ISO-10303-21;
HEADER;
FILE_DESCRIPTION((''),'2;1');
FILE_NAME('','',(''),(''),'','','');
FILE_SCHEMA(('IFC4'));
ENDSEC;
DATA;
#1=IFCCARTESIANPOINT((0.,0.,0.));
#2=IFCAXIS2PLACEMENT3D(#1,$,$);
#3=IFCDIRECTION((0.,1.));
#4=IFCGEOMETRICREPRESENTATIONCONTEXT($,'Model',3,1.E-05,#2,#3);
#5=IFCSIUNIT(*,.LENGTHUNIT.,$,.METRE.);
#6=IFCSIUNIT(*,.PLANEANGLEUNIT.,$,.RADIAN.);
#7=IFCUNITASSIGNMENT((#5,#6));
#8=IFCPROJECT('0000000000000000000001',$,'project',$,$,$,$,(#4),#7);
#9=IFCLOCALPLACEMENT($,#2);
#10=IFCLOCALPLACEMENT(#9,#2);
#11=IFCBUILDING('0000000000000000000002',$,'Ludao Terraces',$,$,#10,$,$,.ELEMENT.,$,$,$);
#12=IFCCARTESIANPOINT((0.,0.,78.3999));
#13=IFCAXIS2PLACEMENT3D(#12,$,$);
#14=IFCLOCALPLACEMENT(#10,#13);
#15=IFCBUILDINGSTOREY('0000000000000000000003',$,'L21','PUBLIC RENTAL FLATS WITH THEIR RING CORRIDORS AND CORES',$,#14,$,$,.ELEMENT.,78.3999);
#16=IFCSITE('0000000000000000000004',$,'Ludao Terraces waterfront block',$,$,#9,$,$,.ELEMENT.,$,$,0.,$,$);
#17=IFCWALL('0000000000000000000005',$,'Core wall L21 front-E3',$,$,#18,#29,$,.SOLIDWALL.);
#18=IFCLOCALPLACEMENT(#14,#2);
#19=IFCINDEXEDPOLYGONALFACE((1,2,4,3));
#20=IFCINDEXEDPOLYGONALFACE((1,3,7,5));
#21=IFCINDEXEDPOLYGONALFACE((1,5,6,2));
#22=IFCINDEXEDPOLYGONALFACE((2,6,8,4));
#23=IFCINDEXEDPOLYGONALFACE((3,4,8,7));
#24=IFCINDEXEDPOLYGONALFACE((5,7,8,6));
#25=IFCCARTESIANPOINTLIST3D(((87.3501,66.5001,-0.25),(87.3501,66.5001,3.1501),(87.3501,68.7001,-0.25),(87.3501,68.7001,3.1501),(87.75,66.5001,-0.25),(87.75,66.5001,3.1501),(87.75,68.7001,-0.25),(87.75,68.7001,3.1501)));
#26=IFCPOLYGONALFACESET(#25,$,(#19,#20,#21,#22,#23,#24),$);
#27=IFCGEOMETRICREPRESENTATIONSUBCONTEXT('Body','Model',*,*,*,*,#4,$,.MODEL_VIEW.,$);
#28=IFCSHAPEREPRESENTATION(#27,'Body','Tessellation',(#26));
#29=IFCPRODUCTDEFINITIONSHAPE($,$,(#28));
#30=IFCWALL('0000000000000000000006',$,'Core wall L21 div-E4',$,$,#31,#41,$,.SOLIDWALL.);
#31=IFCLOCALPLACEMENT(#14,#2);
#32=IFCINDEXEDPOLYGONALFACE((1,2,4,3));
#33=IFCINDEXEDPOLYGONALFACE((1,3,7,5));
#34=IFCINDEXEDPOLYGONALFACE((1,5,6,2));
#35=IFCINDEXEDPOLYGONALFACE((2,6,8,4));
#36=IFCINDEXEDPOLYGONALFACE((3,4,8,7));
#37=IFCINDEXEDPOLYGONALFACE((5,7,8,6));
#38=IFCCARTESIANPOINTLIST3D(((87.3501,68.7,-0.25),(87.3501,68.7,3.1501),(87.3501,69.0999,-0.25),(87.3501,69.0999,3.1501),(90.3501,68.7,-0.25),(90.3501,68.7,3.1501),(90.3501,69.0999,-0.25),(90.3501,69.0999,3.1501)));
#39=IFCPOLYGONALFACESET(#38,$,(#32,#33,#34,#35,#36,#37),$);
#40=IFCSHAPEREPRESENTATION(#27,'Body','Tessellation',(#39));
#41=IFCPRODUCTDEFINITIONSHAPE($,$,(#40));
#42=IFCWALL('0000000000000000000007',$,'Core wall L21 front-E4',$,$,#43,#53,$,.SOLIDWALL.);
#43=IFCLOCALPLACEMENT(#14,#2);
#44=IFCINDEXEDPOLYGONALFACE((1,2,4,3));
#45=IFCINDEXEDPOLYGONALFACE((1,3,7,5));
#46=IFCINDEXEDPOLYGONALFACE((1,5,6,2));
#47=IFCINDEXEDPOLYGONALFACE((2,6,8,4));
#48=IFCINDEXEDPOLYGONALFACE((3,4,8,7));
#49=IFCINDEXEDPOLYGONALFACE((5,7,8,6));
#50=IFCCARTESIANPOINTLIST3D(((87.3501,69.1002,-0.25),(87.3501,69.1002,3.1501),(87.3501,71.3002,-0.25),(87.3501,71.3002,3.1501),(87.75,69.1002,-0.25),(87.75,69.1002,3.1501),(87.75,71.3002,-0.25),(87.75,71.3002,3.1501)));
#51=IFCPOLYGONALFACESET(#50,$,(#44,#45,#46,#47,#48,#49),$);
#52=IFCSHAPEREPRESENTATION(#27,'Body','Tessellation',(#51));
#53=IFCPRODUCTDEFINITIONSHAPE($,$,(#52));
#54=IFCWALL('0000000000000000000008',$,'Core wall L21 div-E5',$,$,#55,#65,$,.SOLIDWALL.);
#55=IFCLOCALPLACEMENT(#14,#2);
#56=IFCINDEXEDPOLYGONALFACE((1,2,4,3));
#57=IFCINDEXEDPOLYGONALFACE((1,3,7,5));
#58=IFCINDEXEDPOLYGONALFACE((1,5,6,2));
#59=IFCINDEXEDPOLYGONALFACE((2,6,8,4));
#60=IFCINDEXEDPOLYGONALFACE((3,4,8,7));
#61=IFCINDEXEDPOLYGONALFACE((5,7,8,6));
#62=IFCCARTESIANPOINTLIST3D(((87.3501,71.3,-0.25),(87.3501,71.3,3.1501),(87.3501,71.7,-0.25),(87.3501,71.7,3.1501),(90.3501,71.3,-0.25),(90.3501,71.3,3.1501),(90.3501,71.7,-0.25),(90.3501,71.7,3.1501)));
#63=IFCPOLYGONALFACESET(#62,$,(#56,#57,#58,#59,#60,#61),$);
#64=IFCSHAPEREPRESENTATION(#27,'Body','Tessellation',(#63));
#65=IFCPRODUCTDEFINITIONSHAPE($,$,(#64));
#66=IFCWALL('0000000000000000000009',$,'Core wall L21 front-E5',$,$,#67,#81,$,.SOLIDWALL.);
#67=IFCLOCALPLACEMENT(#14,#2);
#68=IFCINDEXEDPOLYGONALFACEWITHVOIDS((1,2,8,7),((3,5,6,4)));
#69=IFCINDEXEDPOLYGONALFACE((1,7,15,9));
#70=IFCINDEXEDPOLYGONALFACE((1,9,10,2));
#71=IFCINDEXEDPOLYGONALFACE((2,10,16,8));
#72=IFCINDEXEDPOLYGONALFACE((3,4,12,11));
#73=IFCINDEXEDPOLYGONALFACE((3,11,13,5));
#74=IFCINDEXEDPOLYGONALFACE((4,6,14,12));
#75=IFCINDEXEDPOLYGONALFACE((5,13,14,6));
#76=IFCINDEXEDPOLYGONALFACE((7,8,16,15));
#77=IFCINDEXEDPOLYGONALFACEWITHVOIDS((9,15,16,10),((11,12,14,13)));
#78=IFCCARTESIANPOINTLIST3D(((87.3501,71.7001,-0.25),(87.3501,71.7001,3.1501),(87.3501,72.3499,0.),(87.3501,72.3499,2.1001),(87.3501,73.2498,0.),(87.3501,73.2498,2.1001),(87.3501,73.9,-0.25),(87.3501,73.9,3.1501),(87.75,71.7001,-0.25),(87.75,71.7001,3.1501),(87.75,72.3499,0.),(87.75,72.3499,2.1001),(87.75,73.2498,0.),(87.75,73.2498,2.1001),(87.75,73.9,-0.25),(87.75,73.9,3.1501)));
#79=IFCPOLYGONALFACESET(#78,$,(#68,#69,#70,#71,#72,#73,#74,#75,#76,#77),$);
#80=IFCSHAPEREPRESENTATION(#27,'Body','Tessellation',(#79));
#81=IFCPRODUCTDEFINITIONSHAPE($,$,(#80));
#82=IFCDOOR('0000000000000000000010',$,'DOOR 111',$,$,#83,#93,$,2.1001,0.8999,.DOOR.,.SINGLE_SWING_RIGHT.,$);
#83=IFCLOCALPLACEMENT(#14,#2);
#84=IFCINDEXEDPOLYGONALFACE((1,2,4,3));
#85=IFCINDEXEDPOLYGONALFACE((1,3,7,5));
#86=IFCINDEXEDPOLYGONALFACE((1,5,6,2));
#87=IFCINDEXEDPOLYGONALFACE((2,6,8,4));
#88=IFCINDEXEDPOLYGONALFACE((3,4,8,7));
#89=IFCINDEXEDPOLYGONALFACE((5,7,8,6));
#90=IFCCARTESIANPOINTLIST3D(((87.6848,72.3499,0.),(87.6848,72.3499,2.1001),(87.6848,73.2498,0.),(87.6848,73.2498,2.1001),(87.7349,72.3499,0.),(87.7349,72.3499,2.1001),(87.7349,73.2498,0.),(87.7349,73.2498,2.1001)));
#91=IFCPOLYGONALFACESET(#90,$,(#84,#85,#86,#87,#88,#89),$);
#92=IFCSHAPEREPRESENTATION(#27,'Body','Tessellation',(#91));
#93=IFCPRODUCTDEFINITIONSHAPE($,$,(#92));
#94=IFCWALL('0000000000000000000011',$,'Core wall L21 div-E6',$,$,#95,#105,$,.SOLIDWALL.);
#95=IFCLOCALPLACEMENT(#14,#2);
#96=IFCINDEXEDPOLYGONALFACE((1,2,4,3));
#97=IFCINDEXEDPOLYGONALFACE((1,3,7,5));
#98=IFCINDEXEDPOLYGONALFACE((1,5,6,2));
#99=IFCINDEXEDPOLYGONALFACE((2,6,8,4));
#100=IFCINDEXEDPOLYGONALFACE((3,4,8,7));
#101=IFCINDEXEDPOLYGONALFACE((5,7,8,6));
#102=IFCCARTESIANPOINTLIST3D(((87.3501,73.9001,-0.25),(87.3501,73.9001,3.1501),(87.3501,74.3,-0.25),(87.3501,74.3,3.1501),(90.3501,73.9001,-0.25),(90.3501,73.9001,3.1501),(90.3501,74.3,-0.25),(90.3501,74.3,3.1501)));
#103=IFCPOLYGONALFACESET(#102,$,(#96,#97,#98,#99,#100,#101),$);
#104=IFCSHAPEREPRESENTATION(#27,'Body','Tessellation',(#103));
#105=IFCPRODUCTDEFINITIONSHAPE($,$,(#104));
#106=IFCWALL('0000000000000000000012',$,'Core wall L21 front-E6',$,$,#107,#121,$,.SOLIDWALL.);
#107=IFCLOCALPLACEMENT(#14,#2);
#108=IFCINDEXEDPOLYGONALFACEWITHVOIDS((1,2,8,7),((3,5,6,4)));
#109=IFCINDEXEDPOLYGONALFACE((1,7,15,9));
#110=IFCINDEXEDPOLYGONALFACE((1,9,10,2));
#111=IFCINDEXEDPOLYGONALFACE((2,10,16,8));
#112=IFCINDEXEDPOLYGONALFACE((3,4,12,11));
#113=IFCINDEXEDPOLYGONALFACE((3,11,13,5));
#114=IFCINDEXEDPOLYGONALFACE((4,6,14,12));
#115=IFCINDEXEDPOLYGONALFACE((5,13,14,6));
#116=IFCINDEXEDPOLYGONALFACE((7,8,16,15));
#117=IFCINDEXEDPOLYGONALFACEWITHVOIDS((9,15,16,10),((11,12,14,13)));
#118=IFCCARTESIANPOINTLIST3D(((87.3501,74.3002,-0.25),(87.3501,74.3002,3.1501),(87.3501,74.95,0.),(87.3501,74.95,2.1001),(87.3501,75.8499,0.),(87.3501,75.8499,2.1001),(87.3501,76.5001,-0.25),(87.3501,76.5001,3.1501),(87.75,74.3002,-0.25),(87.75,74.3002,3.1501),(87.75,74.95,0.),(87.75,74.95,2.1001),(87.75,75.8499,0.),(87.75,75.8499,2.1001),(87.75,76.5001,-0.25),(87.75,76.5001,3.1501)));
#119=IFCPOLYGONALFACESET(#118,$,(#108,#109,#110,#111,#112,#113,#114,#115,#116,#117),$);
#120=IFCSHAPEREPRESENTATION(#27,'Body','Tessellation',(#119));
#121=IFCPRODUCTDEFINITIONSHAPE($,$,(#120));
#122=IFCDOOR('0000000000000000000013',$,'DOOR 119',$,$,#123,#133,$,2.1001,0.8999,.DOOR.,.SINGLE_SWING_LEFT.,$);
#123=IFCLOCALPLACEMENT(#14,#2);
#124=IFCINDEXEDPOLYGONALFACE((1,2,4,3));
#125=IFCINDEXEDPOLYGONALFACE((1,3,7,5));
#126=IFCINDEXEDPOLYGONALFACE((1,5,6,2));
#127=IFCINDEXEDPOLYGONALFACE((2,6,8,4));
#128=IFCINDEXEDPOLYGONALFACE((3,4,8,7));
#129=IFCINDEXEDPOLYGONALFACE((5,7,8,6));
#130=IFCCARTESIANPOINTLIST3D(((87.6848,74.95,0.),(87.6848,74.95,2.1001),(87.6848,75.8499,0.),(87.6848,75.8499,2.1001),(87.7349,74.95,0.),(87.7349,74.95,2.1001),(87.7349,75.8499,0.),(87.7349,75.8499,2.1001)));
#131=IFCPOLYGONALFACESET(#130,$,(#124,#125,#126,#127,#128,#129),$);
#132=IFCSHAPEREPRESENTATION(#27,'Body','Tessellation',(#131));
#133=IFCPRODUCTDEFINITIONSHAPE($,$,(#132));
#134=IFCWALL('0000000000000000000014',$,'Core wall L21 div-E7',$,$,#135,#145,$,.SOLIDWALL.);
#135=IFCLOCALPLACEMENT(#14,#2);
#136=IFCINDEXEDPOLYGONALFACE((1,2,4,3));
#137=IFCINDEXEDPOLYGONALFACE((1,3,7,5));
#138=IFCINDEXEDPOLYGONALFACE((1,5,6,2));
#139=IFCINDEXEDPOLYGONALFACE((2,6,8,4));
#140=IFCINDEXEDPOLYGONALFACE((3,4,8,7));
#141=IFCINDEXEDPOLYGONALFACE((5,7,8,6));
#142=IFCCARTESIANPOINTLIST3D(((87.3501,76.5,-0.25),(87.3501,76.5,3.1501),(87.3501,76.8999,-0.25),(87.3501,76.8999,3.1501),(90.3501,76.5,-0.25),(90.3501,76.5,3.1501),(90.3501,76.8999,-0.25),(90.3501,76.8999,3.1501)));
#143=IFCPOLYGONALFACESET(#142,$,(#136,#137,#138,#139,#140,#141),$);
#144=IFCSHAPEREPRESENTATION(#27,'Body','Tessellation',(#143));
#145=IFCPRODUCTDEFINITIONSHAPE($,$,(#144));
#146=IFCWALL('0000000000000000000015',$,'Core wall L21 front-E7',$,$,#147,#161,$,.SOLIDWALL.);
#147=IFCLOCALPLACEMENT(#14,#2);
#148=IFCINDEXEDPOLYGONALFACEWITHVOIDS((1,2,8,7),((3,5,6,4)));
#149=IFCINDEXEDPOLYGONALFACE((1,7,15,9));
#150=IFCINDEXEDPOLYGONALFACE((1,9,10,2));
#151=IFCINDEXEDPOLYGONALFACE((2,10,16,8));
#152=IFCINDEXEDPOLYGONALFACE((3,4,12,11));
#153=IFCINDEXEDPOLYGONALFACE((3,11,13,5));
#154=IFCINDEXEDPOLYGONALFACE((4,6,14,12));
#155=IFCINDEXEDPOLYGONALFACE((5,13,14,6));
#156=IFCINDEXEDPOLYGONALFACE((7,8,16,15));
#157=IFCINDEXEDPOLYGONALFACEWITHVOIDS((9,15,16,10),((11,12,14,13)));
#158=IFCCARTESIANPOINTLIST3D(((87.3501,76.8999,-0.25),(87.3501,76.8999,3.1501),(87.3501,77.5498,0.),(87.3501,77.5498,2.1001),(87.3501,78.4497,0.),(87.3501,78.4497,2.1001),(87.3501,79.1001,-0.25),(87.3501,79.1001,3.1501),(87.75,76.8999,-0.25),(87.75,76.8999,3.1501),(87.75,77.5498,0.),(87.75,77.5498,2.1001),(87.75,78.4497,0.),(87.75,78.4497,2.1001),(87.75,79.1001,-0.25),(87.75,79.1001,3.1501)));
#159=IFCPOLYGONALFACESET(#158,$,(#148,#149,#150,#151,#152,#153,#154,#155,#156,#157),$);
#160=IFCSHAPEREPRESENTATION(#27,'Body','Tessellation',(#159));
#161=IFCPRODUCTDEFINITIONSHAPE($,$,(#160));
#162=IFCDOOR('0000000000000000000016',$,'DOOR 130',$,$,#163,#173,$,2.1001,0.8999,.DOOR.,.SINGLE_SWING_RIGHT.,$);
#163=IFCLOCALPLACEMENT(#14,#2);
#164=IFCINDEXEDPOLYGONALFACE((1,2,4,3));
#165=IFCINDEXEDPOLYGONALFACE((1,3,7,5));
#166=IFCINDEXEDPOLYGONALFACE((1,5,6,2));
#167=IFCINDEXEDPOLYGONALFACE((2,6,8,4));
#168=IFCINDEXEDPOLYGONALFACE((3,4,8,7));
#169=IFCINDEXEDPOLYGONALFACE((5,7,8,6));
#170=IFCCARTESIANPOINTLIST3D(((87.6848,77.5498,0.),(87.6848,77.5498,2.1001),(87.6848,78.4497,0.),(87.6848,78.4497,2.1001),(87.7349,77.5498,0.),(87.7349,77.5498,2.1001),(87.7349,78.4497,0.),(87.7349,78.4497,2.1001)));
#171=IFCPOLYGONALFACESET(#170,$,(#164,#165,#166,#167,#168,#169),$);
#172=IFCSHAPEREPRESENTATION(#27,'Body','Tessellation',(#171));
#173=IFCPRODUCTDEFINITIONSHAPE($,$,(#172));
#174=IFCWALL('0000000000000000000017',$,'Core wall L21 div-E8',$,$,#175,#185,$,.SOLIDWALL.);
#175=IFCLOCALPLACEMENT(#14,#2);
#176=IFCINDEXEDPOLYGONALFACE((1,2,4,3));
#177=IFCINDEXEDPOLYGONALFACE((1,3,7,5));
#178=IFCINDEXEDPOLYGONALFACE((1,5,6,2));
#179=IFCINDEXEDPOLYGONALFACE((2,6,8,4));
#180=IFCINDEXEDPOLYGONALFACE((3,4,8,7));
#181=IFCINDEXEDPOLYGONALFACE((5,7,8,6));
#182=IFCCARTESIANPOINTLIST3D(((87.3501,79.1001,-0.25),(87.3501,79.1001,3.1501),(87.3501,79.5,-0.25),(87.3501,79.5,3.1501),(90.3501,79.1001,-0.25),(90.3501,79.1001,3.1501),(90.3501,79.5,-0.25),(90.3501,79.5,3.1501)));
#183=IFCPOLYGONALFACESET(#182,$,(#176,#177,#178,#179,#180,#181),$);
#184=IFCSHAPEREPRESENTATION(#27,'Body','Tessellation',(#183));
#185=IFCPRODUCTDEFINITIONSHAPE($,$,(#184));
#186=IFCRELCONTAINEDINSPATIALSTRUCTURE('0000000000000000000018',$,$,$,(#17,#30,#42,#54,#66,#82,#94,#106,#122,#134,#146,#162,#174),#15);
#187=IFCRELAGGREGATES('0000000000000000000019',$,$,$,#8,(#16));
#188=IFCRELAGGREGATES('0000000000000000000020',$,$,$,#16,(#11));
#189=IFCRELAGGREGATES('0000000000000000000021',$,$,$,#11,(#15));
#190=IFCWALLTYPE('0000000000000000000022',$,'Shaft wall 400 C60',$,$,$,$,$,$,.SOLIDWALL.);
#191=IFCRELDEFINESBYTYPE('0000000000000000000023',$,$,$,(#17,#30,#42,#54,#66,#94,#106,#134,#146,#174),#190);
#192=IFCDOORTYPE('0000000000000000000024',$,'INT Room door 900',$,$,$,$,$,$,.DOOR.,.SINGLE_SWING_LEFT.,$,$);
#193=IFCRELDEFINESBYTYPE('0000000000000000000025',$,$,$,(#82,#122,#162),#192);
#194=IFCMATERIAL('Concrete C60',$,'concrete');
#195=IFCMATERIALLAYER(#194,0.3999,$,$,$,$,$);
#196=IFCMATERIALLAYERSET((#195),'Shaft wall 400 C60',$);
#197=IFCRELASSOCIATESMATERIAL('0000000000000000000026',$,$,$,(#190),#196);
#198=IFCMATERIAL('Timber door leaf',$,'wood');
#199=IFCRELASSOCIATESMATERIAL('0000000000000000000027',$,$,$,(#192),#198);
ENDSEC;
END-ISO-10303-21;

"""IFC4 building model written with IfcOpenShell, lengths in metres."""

from ifc_helpers import new_model, si_unit, direction, frame, frame_2d, origin, place, context, subcontext, project, spatial, rectangle, extrude, material, layer, layer_set, type_object, element, fill, save


model = new_model("IFC4")

# Units and contexts
model_context = context("Model", 3, precision=1e-05, world=origin(), true_north=direction((0.0, 1.0)))
body_context = subcontext(model_context, "Body", "Model", "MODEL_VIEW")
ifc_project = project(units=[si_unit("LENGTHUNIT", "METRE"), si_unit("PLANEANGLEUNIT", "RADIAN")], contexts=[model_context])

# Site, building, storey
site_placement = place(None, origin())
site = spatial("IfcSite", under=ifc_project, at=site_placement, Name="Ludao Terraces waterfront block", CompositionType="ELEMENT", RefElevation=0.0)
building_placement = place(site_placement, origin())
building = spatial("IfcBuilding", under=site, at=building_placement, Name="Ludao Terraces", CompositionType="ELEMENT")
storey_placement = place(building_placement, frame((0.0, 0.0, 78.3999)))
storey = spatial("IfcBuildingStorey", under=building, at=storey_placement, Name="L21", Description="PUBLIC RENTAL FLATS WITH THEIR RING CORRIDORS AND CORES", CompositionType="ELEMENT", Elevation=78.3999)

# Walls
ifc_material_1 = material(Name="Concrete C60", Category="concrete")
ifc_layer_1 = layer(ifc_material_1, 0.3999)
ifc_layer_set_1 = layer_set([ifc_layer_1], Name="Shaft wall 400 C60")
wall_type_1 = type_object("IfcWallType", Name="Shaft wall 400 C60", PredefinedType="SOLIDWALL", material=ifc_layer_set_1)
wall_1_placement = place(storey_placement, frame((87.55, 66.5, -0.25), z_axis=(0.0, 0.0, 1.0), x_axis=(0.0, 1.0, 0.0)))
element("IfcWall", 1, at=wall_1_placement, inside=storey, type_object=wall_type_1, Name="Core wall L21 front-E3", PredefinedType="SOLIDWALL", context=body_context, shape_type="SweptSolid", body=[
    extrude(rectangle(XDim=2.2, YDim=0.3999, at=frame_2d((1.1001, 0.0))), origin(), (0.0, 0.0, 1.0), 3.4001),
])
wall_2_placement = place(storey_placement, frame((87.3501, 68.8999, -0.25), z_axis=(0.0, 0.0, 1.0), x_axis=(1.0, 0.0, 0.0)))
element("IfcWall", 2, at=wall_2_placement, inside=storey, type_object=wall_type_1, Name="Core wall L21 div-E4", PredefinedType="SOLIDWALL", context=body_context, shape_type="SweptSolid", body=[
    extrude(rectangle(XDim=3.0, YDim=0.3999, at=frame_2d((1.5, 0.0))), origin(), (0.0, 0.0, 1.0), 3.4001),
])
wall_3_placement = place(storey_placement, frame((87.55, 69.1001, -0.25), z_axis=(0.0, 0.0, 1.0), x_axis=(0.0, 1.0, 0.0)))
element("IfcWall", 3, at=wall_3_placement, inside=storey, type_object=wall_type_1, Name="Core wall L21 front-E4", PredefinedType="SOLIDWALL", context=body_context, shape_type="SweptSolid", body=[
    extrude(rectangle(XDim=2.2, YDim=0.3999, at=frame_2d((1.1001, 0.0))), origin(), (0.0, 0.0, 1.0), 3.4001),
])
wall_4_placement = place(storey_placement, frame((87.3501, 71.5, -0.25), z_axis=(0.0, 0.0, 1.0), x_axis=(1.0, 0.0, 0.0)))
element("IfcWall", 4, at=wall_4_placement, inside=storey, type_object=wall_type_1, Name="Core wall L21 div-E5", PredefinedType="SOLIDWALL", context=body_context, shape_type="SweptSolid", body=[
    extrude(rectangle(XDim=3.0, YDim=0.3999, at=frame_2d((1.5, 0.0))), origin(), (0.0, 0.0, 1.0), 3.4001),
])

# Wall, opening, door
wall_5_placement = place(storey_placement, frame((87.55, 71.7, -0.25), z_axis=(0.0, 0.0, 1.0), x_axis=(0.0, 1.0, 0.0)))
wall_5 = element("IfcWall", 5, at=wall_5_placement, inside=storey, type_object=wall_type_1, Name="Core wall L21 front-E5", PredefinedType="SOLIDWALL", context=body_context, shape_type="SweptSolid", body=[
    extrude(rectangle(XDim=2.2, YDim=0.3999, at=frame_2d((1.1001, 0.0))), origin(), (0.0, 0.0, 1.0), 3.4001),
])
opening_1_placement = place(wall_5_placement, frame((0.6499, 0.0, 0.25)))
opening_1 = element("IfcOpeningElement", 6, at=opening_1_placement, cuts=wall_5, PredefinedType="OPENING", context=body_context, shape_type="SweptSolid", body=[
    extrude(rectangle(XDim=0.8999, YDim=2.1001, at=frame_2d((0.45, 1.05))), frame((0.0, 0.21, 0.0), z_axis=(0.0, -1.0, 0.0), x_axis=(1.0, 0.0, 0.0)), (0.0, 0.0, 1.0), 0.4199),
])
ifc_material_2 = material(Name="Timber door leaf", Category="wood")
door_type_1 = type_object("IfcDoorType", Name="INT Room door 900", OperationType="SINGLE_SWING_LEFT", PredefinedType="DOOR", material=ifc_material_2)
door_1_placement = place(opening_1_placement, origin())
door_1 = element("IfcDoor", 7, at=door_1_placement, inside=storey, type_object=door_type_1, Name="DOOR 111", OperationType="SINGLE_SWING_RIGHT", OverallHeight=2.1001, OverallWidth=0.8999, PredefinedType="DOOR", context=body_context, shape_type="SweptSolid", body=[
    extrude(rectangle(XDim=0.8999, YDim=2.1001, at=frame_2d((0.45, 1.05))), frame((0.0, -0.1348, 0.0), z_axis=(0.0, -1.0, 0.0), x_axis=(1.0, 0.0, 0.0)), (0.0, 0.0, 1.0), 0.05),
])
fill(opening_1, door_1)

# Wall
wall_6_placement = place(storey_placement, frame((87.3501, 74.1001, -0.25), z_axis=(0.0, 0.0, 1.0), x_axis=(1.0, 0.0, 0.0)))
element("IfcWall", 8, at=wall_6_placement, inside=storey, type_object=wall_type_1, Name="Core wall L21 div-E6", PredefinedType="SOLIDWALL", context=body_context, shape_type="SweptSolid", body=[
    extrude(rectangle(XDim=3.0, YDim=0.3999, at=frame_2d((1.5, 0.0))), origin(), (0.0, 0.0, 1.0), 3.4001),
])

# Wall, opening, door
wall_7_placement = place(storey_placement, frame((87.55, 74.3, -0.25), z_axis=(0.0, 0.0, 1.0), x_axis=(0.0, 1.0, 0.0)))
wall_7 = element("IfcWall", 9, at=wall_7_placement, inside=storey, type_object=wall_type_1, Name="Core wall L21 front-E6", PredefinedType="SOLIDWALL", context=body_context, shape_type="SweptSolid", body=[
    extrude(rectangle(XDim=2.2, YDim=0.3999, at=frame_2d((1.1001, 0.0))), origin(), (0.0, 0.0, 1.0), 3.4001),
])
opening_2_placement = place(wall_7_placement, frame((0.6499, 0.0, 0.25)))
opening_2 = element("IfcOpeningElement", 10, at=opening_2_placement, cuts=wall_7, PredefinedType="OPENING", context=body_context, shape_type="SweptSolid", body=[
    extrude(rectangle(XDim=0.8999, YDim=2.1001, at=frame_2d((0.45, 1.05))), frame((0.0, 0.21, 0.0), z_axis=(0.0, -1.0, 0.0), x_axis=(1.0, 0.0, 0.0)), (0.0, 0.0, 1.0), 0.4199),
])
door_2_placement = place(opening_2_placement, origin())
door_2 = element("IfcDoor", 11, at=door_2_placement, inside=storey, type_object=door_type_1, Name="DOOR 119", OperationType="SINGLE_SWING_LEFT", OverallHeight=2.1001, OverallWidth=0.8999, PredefinedType="DOOR", context=body_context, shape_type="SweptSolid", body=[
    extrude(rectangle(XDim=0.8999, YDim=2.1001, at=frame_2d((0.45, 1.05))), frame((0.0, -0.1348, 0.0), z_axis=(0.0, -1.0, 0.0), x_axis=(1.0, 0.0, 0.0)), (0.0, 0.0, 1.0), 0.05),
])
fill(opening_2, door_2)

# Wall
wall_8_placement = place(storey_placement, frame((87.3501, 76.7, -0.25), z_axis=(0.0, 0.0, 1.0), x_axis=(1.0, 0.0, 0.0)))
element("IfcWall", 12, at=wall_8_placement, inside=storey, type_object=wall_type_1, Name="Core wall L21 div-E7", PredefinedType="SOLIDWALL", context=body_context, shape_type="SweptSolid", body=[
    extrude(rectangle(XDim=3.0, YDim=0.3999, at=frame_2d((1.5, 0.0))), origin(), (0.0, 0.0, 1.0), 3.4001),
])

# Wall, opening, door
wall_9_placement = place(storey_placement, frame((87.55, 76.8999, -0.25), z_axis=(0.0, 0.0, 1.0), x_axis=(0.0, 1.0, 0.0)))
wall_9 = element("IfcWall", 13, at=wall_9_placement, inside=storey, type_object=wall_type_1, Name="Core wall L21 front-E7", PredefinedType="SOLIDWALL", context=body_context, shape_type="SweptSolid", body=[
    extrude(rectangle(XDim=2.2002, YDim=0.3999, at=frame_2d((1.1001, 0.0))), origin(), (0.0, 0.0, 1.0), 3.4001),
])
opening_3_placement = place(wall_9_placement, frame((0.6499, 0.0, 0.25)))
opening_3 = element("IfcOpeningElement", 14, at=opening_3_placement, cuts=wall_9, PredefinedType="OPENING", context=body_context, shape_type="SweptSolid", body=[
    extrude(rectangle(XDim=0.8999, YDim=2.1001, at=frame_2d((0.45, 1.05))), frame((0.0, 0.21, 0.0), z_axis=(0.0, -1.0, 0.0), x_axis=(1.0, 0.0, 0.0)), (0.0, 0.0, 1.0), 0.4199),
])
door_3_placement = place(opening_3_placement, origin())
door_3 = element("IfcDoor", 15, at=door_3_placement, inside=storey, type_object=door_type_1, Name="DOOR 130", OperationType="SINGLE_SWING_RIGHT", OverallHeight=2.1001, OverallWidth=0.8999, PredefinedType="DOOR", context=body_context, shape_type="SweptSolid", body=[
    extrude(rectangle(XDim=0.8999, YDim=2.1001, at=frame_2d((0.45, 1.05))), frame((0.0, -0.1348, 0.0), z_axis=(0.0, -1.0, 0.0), x_axis=(1.0, 0.0, 0.0)), (0.0, 0.0, 1.0), 0.05),
])
fill(opening_3, door_3)

# Wall
wall_10_placement = place(storey_placement, frame((87.3501, 79.3, -0.25), z_axis=(0.0, 0.0, 1.0), x_axis=(1.0, 0.0, 0.0)))
element("IfcWall", 16, at=wall_10_placement, inside=storey, type_object=wall_type_1, Name="Core wall L21 div-E8", PredefinedType="SOLIDWALL", context=body_context, shape_type="SweptSolid", body=[
    extrude(rectangle(XDim=3.0, YDim=0.3999, at=frame_2d((1.5, 0.0))), origin(), (0.0, 0.0, 1.0), 3.4001),
])

save(model, "model.ifc")
